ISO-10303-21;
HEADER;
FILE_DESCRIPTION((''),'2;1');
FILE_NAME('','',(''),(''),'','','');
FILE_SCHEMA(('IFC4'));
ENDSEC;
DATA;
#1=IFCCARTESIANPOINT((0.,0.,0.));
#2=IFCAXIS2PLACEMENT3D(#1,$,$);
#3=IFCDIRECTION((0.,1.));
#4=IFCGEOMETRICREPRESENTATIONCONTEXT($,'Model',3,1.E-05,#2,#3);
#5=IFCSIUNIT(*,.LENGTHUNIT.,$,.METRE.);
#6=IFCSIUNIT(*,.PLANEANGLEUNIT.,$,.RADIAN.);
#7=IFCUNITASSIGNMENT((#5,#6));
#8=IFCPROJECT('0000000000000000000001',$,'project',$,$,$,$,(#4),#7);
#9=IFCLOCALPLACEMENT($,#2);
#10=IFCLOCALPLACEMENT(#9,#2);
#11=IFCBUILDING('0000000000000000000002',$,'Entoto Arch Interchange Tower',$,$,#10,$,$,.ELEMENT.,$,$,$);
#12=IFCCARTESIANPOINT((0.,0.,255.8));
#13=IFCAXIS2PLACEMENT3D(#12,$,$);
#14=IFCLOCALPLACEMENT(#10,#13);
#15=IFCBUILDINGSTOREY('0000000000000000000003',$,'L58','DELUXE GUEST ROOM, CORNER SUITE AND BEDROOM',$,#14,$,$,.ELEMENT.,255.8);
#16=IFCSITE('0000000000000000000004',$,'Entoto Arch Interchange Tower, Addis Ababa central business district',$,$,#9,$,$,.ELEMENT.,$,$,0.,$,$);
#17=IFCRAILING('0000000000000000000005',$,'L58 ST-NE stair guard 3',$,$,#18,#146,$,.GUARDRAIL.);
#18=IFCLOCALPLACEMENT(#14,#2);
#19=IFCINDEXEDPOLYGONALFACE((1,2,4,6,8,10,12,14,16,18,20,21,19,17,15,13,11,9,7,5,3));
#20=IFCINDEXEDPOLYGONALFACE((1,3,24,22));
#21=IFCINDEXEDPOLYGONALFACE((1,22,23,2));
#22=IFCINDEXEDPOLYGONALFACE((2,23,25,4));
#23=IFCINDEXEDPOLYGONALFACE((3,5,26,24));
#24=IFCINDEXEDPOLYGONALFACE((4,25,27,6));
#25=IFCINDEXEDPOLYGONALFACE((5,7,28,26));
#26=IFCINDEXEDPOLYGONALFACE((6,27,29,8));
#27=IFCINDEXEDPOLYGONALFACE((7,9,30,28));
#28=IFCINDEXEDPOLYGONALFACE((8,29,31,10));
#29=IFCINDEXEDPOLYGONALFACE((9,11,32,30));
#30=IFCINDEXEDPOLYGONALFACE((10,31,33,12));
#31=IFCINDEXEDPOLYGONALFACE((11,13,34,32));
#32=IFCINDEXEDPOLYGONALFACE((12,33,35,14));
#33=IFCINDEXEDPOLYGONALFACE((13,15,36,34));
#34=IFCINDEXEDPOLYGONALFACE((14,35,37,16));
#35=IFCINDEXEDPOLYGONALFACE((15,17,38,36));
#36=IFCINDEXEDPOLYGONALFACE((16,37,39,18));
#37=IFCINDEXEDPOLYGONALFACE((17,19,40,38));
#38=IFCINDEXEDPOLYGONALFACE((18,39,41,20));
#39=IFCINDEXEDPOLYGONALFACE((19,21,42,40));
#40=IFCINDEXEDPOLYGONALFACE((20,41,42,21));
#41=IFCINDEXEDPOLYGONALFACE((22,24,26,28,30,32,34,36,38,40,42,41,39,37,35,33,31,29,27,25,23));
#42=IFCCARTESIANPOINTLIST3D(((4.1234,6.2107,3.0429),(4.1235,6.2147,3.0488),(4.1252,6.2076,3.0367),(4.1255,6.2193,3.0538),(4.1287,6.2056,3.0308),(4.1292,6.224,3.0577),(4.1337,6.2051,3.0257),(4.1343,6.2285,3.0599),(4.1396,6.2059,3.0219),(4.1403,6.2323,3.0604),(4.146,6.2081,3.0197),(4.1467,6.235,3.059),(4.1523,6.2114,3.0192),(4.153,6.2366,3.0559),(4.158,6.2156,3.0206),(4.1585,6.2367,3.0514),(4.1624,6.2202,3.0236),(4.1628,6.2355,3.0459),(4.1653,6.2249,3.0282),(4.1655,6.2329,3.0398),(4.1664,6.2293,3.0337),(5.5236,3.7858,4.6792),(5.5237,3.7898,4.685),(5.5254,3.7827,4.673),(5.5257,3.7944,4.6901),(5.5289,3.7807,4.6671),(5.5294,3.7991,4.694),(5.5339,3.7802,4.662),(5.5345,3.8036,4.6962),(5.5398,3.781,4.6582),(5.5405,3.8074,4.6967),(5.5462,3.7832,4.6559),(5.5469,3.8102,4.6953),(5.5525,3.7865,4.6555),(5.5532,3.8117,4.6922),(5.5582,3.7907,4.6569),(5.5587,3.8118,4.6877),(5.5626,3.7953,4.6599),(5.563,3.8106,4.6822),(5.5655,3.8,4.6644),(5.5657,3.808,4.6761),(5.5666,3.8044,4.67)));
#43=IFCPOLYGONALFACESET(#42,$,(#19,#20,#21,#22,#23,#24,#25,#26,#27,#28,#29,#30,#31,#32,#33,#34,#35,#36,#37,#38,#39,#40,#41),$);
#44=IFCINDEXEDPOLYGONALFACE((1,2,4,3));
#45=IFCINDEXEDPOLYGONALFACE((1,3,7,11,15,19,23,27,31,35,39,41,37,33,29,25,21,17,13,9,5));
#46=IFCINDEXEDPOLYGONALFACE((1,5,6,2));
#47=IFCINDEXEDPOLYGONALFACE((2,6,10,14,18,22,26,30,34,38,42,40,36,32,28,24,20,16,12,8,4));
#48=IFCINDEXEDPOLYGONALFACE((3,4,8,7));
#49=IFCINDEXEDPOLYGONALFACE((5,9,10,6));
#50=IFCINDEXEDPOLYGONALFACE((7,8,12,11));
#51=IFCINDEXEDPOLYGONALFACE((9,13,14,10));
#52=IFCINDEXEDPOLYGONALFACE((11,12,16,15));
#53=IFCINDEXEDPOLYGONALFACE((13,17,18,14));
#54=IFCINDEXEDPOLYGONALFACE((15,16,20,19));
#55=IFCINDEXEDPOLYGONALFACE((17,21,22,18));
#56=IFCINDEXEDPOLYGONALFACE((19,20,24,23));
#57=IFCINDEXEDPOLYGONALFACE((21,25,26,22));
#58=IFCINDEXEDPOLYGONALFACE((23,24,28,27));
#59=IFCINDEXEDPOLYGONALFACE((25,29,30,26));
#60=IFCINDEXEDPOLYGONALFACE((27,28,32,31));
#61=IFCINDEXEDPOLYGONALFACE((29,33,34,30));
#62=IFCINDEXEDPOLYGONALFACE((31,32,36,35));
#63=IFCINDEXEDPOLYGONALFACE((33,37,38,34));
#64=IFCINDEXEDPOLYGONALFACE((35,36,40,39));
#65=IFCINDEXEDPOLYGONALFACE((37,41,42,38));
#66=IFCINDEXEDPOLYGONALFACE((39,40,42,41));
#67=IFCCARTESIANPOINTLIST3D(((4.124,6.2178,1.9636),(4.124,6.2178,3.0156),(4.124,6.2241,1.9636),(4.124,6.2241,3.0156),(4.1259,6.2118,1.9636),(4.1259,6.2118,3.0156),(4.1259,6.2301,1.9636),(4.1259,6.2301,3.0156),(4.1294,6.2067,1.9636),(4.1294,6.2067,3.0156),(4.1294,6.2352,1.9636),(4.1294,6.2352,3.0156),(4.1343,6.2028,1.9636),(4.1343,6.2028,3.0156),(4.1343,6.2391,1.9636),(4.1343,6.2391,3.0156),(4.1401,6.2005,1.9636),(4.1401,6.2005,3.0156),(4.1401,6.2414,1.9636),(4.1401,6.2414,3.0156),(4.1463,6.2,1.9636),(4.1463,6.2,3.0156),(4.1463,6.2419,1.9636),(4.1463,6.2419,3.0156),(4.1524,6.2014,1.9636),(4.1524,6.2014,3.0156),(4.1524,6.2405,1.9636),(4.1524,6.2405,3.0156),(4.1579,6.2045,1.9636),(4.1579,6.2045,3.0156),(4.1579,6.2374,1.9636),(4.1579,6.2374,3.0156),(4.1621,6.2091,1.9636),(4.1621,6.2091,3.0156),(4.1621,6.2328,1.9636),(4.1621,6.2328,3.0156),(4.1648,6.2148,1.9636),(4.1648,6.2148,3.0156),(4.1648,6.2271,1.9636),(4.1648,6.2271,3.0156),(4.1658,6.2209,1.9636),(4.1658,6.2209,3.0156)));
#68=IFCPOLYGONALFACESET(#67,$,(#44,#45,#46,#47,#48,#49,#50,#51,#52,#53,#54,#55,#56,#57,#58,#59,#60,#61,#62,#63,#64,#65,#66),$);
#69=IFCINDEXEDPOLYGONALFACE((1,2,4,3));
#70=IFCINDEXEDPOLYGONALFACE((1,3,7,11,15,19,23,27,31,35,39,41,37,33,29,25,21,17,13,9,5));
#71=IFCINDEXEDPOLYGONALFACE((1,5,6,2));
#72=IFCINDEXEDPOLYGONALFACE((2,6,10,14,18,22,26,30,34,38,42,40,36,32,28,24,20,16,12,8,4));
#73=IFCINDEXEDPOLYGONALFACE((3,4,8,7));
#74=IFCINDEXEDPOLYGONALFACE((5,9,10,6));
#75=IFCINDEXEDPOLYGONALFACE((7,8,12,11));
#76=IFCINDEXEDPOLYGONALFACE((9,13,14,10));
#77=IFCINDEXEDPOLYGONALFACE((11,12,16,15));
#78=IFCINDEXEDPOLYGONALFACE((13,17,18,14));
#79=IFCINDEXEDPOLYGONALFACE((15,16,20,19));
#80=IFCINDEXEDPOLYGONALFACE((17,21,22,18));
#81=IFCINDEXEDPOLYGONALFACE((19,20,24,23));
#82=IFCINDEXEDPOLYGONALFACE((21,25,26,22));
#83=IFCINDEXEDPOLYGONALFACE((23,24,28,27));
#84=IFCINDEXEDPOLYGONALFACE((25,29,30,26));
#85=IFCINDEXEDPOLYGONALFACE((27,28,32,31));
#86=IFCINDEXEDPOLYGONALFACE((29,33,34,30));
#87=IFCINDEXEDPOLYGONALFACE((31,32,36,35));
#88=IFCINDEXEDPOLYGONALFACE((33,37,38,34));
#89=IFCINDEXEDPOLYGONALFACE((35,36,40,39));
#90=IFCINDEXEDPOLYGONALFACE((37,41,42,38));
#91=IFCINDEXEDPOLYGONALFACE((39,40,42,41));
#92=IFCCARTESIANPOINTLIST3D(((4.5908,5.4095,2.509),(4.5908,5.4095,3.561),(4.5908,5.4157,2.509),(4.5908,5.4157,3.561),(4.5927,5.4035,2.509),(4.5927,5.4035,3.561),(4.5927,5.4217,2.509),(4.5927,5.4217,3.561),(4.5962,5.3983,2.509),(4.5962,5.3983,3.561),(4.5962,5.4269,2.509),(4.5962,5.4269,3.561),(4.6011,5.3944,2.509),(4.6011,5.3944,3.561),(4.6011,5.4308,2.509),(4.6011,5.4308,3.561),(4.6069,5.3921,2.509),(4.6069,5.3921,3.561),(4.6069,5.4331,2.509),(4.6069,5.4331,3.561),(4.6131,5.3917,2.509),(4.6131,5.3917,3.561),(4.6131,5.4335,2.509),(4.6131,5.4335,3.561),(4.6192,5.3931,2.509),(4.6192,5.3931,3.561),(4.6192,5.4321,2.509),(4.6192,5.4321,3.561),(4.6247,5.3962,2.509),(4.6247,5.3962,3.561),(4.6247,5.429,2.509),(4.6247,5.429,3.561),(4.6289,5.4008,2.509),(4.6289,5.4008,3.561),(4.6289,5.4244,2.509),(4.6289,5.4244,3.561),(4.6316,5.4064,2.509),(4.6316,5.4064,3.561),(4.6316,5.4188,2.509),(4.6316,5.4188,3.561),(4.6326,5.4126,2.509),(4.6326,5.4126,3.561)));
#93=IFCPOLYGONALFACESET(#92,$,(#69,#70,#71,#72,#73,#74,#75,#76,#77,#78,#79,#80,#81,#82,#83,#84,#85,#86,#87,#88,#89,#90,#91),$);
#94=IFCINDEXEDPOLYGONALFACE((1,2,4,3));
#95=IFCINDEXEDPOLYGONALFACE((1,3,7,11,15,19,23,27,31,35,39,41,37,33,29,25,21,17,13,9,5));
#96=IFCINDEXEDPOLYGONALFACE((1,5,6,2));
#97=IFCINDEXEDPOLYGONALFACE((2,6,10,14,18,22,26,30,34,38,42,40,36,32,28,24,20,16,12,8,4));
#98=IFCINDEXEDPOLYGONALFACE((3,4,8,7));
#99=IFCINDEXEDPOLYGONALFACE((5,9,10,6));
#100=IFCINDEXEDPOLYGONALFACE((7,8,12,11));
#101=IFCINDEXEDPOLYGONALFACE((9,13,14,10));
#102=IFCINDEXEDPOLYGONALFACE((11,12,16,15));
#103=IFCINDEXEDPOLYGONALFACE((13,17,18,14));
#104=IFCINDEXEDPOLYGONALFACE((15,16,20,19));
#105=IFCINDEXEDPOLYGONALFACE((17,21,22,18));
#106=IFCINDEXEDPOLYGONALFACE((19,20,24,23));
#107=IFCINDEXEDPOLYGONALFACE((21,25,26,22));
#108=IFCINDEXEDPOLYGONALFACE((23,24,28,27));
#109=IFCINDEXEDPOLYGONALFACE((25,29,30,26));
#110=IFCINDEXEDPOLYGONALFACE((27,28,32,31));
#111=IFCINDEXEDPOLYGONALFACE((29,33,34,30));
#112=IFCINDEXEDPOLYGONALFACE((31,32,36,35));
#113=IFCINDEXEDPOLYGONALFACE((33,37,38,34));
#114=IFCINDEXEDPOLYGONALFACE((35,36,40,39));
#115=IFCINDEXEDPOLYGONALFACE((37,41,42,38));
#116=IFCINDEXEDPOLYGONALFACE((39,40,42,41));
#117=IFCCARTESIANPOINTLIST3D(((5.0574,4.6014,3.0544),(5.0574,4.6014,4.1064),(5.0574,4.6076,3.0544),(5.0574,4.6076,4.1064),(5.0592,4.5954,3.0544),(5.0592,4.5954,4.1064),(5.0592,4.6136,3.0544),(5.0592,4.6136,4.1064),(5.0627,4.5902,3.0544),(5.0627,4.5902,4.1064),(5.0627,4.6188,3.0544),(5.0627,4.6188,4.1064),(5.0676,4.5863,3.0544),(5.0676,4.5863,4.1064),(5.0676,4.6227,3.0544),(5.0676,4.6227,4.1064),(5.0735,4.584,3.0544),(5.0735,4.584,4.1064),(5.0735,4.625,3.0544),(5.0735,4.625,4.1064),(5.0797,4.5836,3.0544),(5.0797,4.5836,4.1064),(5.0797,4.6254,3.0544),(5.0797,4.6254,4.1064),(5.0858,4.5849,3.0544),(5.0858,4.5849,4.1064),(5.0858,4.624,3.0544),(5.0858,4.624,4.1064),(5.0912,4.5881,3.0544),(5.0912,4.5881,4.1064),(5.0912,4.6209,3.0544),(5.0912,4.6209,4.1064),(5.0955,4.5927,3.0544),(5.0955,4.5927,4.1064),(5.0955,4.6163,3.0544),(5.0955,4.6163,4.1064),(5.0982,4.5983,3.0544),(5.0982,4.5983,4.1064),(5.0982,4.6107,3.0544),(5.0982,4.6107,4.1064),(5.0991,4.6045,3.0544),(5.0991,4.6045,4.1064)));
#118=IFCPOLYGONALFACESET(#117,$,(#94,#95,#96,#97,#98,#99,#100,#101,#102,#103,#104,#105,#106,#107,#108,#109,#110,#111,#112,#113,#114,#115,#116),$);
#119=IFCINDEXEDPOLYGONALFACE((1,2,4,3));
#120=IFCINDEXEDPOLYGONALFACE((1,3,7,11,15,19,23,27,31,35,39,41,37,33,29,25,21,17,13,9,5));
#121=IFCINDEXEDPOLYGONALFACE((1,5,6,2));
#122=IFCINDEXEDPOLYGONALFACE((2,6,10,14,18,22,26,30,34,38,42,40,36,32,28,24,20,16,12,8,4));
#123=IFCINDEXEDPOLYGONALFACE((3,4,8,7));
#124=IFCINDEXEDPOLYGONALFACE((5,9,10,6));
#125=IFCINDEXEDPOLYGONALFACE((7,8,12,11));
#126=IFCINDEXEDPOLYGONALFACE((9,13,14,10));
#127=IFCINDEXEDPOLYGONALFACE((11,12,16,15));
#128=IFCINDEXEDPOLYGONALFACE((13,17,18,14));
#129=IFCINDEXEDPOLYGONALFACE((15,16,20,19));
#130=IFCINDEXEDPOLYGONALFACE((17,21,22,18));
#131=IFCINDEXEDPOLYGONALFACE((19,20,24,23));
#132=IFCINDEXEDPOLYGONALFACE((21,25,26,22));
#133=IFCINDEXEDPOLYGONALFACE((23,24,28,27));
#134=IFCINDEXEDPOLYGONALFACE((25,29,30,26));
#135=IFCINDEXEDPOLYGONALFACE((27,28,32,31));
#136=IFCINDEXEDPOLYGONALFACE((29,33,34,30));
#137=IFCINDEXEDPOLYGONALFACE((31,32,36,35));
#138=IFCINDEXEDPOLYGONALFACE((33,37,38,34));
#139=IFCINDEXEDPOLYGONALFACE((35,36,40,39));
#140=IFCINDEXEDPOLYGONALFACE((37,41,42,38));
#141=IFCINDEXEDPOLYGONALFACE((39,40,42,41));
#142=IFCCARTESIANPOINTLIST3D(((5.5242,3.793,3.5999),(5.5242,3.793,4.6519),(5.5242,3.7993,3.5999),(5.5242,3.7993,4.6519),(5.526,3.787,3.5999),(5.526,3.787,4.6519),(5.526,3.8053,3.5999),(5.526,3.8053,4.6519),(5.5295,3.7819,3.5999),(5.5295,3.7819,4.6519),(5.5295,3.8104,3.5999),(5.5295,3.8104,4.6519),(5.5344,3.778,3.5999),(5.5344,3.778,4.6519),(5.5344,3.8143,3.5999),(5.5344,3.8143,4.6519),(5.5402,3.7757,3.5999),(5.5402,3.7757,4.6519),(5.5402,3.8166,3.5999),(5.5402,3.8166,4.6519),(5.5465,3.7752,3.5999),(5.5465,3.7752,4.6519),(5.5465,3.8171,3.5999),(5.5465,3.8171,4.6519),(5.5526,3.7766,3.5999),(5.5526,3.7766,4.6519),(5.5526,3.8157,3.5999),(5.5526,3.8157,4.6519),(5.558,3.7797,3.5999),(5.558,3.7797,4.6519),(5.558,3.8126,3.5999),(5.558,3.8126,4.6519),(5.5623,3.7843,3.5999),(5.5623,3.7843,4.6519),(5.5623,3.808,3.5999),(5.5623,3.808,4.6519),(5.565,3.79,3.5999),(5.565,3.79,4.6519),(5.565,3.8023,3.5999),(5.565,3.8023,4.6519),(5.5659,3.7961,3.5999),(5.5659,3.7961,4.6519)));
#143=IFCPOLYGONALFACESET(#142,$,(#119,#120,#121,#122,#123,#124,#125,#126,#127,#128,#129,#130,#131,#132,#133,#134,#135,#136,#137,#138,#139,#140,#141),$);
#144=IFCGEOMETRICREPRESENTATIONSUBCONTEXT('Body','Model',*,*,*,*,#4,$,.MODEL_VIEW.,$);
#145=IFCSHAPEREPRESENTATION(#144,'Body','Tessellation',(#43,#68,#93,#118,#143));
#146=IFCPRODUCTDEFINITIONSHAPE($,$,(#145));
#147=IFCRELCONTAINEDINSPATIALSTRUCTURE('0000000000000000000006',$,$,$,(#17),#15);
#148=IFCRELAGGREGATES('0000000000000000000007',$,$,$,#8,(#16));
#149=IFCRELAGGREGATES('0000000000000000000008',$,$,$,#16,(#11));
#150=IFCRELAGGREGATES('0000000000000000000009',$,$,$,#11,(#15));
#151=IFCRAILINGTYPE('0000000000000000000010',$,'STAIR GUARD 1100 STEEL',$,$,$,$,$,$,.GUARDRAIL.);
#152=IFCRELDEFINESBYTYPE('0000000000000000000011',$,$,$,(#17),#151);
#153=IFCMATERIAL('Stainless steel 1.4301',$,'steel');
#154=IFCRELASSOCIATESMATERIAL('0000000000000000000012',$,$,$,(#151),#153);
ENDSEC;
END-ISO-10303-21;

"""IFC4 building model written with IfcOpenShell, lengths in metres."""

from ifc_helpers import new_model, si_unit, direction, frame, origin, origin_2d, place, context, subcontext, project, spatial, circle, extrude, material, type_object, element, save


model = new_model("IFC4")

# Units and contexts
model_context = context("Model", 3, precision=1e-05, world=origin(), true_north=direction((0.0, 1.0)))
body_context = subcontext(model_context, "Body", "Model", "MODEL_VIEW")
ifc_project = project(units=[si_unit("LENGTHUNIT", "METRE"), si_unit("PLANEANGLEUNIT", "RADIAN")], contexts=[model_context])

# Site, building, storey
site_placement = place(None, origin())
site = spatial("IfcSite", under=ifc_project, at=site_placement, Name="Entoto Arch Interchange Tower, Addis Ababa central business district", CompositionType="ELEMENT", RefElevation=0.0)
building_placement = place(site_placement, origin())
building = spatial("IfcBuilding", under=site, at=building_placement, Name="Entoto Arch Interchange Tower", CompositionType="ELEMENT")
storey_placement = place(building_placement, frame((0.0, 0.0, 255.8)))
storey = spatial("IfcBuildingStorey", under=building, at=storey_placement, Name="L58", Description="DELUXE GUEST ROOM, CORNER SUITE AND BEDROOM", CompositionType="ELEMENT", Elevation=255.8)

# Railing
ifc_material_1 = material(Name="Stainless steel 1.4301", Category="steel")
railing_type_1 = type_object("IfcRailingType", Name="STAIR GUARD 1100 STEEL", PredefinedType="GUARDRAIL", material=ifc_material_1)
railing_1_placement = place(storey_placement, frame((4.1448, 6.2209, 1.9636)))
element("IfcRailing", 1, at=railing_1_placement, inside=storey, type_object=railing_type_1, Name="L58 ST-NE stair guard 3", PredefinedType="GUARDRAIL", context=body_context, shape_type="SweptSolid", body=[
    extrude(circle(Radius=0.0239, at=origin_2d()), frame((0.0, 0.0, 1.0762), z_axis=(0.431738, -0.747694, 0.504535), x_axis=(0.865997, 0.50005, 0.0)), (0.0, 0.0, 1.0), 3.2432),
    extrude(circle(Radius=0.021, at=origin_2d()), origin(), (0.0, 0.0, 1.0), 1.052),
    extrude(circle(Radius=0.021, at=origin_2d()), frame((0.4668, -0.8083, 0.5454)), (0.0, 0.0, 1.0), 1.052),
    extrude(circle(Radius=0.021, at=origin_2d()), frame((0.9333, -1.6165, 1.0908)), (0.0, 0.0, 1.0), 1.052),
    extrude(circle(Radius=0.021, at=origin_2d()), frame((1.4001, -2.4248, 1.6362)), (0.0, 0.0, 1.0), 1.052),
])

save(model, "model.ifc")
